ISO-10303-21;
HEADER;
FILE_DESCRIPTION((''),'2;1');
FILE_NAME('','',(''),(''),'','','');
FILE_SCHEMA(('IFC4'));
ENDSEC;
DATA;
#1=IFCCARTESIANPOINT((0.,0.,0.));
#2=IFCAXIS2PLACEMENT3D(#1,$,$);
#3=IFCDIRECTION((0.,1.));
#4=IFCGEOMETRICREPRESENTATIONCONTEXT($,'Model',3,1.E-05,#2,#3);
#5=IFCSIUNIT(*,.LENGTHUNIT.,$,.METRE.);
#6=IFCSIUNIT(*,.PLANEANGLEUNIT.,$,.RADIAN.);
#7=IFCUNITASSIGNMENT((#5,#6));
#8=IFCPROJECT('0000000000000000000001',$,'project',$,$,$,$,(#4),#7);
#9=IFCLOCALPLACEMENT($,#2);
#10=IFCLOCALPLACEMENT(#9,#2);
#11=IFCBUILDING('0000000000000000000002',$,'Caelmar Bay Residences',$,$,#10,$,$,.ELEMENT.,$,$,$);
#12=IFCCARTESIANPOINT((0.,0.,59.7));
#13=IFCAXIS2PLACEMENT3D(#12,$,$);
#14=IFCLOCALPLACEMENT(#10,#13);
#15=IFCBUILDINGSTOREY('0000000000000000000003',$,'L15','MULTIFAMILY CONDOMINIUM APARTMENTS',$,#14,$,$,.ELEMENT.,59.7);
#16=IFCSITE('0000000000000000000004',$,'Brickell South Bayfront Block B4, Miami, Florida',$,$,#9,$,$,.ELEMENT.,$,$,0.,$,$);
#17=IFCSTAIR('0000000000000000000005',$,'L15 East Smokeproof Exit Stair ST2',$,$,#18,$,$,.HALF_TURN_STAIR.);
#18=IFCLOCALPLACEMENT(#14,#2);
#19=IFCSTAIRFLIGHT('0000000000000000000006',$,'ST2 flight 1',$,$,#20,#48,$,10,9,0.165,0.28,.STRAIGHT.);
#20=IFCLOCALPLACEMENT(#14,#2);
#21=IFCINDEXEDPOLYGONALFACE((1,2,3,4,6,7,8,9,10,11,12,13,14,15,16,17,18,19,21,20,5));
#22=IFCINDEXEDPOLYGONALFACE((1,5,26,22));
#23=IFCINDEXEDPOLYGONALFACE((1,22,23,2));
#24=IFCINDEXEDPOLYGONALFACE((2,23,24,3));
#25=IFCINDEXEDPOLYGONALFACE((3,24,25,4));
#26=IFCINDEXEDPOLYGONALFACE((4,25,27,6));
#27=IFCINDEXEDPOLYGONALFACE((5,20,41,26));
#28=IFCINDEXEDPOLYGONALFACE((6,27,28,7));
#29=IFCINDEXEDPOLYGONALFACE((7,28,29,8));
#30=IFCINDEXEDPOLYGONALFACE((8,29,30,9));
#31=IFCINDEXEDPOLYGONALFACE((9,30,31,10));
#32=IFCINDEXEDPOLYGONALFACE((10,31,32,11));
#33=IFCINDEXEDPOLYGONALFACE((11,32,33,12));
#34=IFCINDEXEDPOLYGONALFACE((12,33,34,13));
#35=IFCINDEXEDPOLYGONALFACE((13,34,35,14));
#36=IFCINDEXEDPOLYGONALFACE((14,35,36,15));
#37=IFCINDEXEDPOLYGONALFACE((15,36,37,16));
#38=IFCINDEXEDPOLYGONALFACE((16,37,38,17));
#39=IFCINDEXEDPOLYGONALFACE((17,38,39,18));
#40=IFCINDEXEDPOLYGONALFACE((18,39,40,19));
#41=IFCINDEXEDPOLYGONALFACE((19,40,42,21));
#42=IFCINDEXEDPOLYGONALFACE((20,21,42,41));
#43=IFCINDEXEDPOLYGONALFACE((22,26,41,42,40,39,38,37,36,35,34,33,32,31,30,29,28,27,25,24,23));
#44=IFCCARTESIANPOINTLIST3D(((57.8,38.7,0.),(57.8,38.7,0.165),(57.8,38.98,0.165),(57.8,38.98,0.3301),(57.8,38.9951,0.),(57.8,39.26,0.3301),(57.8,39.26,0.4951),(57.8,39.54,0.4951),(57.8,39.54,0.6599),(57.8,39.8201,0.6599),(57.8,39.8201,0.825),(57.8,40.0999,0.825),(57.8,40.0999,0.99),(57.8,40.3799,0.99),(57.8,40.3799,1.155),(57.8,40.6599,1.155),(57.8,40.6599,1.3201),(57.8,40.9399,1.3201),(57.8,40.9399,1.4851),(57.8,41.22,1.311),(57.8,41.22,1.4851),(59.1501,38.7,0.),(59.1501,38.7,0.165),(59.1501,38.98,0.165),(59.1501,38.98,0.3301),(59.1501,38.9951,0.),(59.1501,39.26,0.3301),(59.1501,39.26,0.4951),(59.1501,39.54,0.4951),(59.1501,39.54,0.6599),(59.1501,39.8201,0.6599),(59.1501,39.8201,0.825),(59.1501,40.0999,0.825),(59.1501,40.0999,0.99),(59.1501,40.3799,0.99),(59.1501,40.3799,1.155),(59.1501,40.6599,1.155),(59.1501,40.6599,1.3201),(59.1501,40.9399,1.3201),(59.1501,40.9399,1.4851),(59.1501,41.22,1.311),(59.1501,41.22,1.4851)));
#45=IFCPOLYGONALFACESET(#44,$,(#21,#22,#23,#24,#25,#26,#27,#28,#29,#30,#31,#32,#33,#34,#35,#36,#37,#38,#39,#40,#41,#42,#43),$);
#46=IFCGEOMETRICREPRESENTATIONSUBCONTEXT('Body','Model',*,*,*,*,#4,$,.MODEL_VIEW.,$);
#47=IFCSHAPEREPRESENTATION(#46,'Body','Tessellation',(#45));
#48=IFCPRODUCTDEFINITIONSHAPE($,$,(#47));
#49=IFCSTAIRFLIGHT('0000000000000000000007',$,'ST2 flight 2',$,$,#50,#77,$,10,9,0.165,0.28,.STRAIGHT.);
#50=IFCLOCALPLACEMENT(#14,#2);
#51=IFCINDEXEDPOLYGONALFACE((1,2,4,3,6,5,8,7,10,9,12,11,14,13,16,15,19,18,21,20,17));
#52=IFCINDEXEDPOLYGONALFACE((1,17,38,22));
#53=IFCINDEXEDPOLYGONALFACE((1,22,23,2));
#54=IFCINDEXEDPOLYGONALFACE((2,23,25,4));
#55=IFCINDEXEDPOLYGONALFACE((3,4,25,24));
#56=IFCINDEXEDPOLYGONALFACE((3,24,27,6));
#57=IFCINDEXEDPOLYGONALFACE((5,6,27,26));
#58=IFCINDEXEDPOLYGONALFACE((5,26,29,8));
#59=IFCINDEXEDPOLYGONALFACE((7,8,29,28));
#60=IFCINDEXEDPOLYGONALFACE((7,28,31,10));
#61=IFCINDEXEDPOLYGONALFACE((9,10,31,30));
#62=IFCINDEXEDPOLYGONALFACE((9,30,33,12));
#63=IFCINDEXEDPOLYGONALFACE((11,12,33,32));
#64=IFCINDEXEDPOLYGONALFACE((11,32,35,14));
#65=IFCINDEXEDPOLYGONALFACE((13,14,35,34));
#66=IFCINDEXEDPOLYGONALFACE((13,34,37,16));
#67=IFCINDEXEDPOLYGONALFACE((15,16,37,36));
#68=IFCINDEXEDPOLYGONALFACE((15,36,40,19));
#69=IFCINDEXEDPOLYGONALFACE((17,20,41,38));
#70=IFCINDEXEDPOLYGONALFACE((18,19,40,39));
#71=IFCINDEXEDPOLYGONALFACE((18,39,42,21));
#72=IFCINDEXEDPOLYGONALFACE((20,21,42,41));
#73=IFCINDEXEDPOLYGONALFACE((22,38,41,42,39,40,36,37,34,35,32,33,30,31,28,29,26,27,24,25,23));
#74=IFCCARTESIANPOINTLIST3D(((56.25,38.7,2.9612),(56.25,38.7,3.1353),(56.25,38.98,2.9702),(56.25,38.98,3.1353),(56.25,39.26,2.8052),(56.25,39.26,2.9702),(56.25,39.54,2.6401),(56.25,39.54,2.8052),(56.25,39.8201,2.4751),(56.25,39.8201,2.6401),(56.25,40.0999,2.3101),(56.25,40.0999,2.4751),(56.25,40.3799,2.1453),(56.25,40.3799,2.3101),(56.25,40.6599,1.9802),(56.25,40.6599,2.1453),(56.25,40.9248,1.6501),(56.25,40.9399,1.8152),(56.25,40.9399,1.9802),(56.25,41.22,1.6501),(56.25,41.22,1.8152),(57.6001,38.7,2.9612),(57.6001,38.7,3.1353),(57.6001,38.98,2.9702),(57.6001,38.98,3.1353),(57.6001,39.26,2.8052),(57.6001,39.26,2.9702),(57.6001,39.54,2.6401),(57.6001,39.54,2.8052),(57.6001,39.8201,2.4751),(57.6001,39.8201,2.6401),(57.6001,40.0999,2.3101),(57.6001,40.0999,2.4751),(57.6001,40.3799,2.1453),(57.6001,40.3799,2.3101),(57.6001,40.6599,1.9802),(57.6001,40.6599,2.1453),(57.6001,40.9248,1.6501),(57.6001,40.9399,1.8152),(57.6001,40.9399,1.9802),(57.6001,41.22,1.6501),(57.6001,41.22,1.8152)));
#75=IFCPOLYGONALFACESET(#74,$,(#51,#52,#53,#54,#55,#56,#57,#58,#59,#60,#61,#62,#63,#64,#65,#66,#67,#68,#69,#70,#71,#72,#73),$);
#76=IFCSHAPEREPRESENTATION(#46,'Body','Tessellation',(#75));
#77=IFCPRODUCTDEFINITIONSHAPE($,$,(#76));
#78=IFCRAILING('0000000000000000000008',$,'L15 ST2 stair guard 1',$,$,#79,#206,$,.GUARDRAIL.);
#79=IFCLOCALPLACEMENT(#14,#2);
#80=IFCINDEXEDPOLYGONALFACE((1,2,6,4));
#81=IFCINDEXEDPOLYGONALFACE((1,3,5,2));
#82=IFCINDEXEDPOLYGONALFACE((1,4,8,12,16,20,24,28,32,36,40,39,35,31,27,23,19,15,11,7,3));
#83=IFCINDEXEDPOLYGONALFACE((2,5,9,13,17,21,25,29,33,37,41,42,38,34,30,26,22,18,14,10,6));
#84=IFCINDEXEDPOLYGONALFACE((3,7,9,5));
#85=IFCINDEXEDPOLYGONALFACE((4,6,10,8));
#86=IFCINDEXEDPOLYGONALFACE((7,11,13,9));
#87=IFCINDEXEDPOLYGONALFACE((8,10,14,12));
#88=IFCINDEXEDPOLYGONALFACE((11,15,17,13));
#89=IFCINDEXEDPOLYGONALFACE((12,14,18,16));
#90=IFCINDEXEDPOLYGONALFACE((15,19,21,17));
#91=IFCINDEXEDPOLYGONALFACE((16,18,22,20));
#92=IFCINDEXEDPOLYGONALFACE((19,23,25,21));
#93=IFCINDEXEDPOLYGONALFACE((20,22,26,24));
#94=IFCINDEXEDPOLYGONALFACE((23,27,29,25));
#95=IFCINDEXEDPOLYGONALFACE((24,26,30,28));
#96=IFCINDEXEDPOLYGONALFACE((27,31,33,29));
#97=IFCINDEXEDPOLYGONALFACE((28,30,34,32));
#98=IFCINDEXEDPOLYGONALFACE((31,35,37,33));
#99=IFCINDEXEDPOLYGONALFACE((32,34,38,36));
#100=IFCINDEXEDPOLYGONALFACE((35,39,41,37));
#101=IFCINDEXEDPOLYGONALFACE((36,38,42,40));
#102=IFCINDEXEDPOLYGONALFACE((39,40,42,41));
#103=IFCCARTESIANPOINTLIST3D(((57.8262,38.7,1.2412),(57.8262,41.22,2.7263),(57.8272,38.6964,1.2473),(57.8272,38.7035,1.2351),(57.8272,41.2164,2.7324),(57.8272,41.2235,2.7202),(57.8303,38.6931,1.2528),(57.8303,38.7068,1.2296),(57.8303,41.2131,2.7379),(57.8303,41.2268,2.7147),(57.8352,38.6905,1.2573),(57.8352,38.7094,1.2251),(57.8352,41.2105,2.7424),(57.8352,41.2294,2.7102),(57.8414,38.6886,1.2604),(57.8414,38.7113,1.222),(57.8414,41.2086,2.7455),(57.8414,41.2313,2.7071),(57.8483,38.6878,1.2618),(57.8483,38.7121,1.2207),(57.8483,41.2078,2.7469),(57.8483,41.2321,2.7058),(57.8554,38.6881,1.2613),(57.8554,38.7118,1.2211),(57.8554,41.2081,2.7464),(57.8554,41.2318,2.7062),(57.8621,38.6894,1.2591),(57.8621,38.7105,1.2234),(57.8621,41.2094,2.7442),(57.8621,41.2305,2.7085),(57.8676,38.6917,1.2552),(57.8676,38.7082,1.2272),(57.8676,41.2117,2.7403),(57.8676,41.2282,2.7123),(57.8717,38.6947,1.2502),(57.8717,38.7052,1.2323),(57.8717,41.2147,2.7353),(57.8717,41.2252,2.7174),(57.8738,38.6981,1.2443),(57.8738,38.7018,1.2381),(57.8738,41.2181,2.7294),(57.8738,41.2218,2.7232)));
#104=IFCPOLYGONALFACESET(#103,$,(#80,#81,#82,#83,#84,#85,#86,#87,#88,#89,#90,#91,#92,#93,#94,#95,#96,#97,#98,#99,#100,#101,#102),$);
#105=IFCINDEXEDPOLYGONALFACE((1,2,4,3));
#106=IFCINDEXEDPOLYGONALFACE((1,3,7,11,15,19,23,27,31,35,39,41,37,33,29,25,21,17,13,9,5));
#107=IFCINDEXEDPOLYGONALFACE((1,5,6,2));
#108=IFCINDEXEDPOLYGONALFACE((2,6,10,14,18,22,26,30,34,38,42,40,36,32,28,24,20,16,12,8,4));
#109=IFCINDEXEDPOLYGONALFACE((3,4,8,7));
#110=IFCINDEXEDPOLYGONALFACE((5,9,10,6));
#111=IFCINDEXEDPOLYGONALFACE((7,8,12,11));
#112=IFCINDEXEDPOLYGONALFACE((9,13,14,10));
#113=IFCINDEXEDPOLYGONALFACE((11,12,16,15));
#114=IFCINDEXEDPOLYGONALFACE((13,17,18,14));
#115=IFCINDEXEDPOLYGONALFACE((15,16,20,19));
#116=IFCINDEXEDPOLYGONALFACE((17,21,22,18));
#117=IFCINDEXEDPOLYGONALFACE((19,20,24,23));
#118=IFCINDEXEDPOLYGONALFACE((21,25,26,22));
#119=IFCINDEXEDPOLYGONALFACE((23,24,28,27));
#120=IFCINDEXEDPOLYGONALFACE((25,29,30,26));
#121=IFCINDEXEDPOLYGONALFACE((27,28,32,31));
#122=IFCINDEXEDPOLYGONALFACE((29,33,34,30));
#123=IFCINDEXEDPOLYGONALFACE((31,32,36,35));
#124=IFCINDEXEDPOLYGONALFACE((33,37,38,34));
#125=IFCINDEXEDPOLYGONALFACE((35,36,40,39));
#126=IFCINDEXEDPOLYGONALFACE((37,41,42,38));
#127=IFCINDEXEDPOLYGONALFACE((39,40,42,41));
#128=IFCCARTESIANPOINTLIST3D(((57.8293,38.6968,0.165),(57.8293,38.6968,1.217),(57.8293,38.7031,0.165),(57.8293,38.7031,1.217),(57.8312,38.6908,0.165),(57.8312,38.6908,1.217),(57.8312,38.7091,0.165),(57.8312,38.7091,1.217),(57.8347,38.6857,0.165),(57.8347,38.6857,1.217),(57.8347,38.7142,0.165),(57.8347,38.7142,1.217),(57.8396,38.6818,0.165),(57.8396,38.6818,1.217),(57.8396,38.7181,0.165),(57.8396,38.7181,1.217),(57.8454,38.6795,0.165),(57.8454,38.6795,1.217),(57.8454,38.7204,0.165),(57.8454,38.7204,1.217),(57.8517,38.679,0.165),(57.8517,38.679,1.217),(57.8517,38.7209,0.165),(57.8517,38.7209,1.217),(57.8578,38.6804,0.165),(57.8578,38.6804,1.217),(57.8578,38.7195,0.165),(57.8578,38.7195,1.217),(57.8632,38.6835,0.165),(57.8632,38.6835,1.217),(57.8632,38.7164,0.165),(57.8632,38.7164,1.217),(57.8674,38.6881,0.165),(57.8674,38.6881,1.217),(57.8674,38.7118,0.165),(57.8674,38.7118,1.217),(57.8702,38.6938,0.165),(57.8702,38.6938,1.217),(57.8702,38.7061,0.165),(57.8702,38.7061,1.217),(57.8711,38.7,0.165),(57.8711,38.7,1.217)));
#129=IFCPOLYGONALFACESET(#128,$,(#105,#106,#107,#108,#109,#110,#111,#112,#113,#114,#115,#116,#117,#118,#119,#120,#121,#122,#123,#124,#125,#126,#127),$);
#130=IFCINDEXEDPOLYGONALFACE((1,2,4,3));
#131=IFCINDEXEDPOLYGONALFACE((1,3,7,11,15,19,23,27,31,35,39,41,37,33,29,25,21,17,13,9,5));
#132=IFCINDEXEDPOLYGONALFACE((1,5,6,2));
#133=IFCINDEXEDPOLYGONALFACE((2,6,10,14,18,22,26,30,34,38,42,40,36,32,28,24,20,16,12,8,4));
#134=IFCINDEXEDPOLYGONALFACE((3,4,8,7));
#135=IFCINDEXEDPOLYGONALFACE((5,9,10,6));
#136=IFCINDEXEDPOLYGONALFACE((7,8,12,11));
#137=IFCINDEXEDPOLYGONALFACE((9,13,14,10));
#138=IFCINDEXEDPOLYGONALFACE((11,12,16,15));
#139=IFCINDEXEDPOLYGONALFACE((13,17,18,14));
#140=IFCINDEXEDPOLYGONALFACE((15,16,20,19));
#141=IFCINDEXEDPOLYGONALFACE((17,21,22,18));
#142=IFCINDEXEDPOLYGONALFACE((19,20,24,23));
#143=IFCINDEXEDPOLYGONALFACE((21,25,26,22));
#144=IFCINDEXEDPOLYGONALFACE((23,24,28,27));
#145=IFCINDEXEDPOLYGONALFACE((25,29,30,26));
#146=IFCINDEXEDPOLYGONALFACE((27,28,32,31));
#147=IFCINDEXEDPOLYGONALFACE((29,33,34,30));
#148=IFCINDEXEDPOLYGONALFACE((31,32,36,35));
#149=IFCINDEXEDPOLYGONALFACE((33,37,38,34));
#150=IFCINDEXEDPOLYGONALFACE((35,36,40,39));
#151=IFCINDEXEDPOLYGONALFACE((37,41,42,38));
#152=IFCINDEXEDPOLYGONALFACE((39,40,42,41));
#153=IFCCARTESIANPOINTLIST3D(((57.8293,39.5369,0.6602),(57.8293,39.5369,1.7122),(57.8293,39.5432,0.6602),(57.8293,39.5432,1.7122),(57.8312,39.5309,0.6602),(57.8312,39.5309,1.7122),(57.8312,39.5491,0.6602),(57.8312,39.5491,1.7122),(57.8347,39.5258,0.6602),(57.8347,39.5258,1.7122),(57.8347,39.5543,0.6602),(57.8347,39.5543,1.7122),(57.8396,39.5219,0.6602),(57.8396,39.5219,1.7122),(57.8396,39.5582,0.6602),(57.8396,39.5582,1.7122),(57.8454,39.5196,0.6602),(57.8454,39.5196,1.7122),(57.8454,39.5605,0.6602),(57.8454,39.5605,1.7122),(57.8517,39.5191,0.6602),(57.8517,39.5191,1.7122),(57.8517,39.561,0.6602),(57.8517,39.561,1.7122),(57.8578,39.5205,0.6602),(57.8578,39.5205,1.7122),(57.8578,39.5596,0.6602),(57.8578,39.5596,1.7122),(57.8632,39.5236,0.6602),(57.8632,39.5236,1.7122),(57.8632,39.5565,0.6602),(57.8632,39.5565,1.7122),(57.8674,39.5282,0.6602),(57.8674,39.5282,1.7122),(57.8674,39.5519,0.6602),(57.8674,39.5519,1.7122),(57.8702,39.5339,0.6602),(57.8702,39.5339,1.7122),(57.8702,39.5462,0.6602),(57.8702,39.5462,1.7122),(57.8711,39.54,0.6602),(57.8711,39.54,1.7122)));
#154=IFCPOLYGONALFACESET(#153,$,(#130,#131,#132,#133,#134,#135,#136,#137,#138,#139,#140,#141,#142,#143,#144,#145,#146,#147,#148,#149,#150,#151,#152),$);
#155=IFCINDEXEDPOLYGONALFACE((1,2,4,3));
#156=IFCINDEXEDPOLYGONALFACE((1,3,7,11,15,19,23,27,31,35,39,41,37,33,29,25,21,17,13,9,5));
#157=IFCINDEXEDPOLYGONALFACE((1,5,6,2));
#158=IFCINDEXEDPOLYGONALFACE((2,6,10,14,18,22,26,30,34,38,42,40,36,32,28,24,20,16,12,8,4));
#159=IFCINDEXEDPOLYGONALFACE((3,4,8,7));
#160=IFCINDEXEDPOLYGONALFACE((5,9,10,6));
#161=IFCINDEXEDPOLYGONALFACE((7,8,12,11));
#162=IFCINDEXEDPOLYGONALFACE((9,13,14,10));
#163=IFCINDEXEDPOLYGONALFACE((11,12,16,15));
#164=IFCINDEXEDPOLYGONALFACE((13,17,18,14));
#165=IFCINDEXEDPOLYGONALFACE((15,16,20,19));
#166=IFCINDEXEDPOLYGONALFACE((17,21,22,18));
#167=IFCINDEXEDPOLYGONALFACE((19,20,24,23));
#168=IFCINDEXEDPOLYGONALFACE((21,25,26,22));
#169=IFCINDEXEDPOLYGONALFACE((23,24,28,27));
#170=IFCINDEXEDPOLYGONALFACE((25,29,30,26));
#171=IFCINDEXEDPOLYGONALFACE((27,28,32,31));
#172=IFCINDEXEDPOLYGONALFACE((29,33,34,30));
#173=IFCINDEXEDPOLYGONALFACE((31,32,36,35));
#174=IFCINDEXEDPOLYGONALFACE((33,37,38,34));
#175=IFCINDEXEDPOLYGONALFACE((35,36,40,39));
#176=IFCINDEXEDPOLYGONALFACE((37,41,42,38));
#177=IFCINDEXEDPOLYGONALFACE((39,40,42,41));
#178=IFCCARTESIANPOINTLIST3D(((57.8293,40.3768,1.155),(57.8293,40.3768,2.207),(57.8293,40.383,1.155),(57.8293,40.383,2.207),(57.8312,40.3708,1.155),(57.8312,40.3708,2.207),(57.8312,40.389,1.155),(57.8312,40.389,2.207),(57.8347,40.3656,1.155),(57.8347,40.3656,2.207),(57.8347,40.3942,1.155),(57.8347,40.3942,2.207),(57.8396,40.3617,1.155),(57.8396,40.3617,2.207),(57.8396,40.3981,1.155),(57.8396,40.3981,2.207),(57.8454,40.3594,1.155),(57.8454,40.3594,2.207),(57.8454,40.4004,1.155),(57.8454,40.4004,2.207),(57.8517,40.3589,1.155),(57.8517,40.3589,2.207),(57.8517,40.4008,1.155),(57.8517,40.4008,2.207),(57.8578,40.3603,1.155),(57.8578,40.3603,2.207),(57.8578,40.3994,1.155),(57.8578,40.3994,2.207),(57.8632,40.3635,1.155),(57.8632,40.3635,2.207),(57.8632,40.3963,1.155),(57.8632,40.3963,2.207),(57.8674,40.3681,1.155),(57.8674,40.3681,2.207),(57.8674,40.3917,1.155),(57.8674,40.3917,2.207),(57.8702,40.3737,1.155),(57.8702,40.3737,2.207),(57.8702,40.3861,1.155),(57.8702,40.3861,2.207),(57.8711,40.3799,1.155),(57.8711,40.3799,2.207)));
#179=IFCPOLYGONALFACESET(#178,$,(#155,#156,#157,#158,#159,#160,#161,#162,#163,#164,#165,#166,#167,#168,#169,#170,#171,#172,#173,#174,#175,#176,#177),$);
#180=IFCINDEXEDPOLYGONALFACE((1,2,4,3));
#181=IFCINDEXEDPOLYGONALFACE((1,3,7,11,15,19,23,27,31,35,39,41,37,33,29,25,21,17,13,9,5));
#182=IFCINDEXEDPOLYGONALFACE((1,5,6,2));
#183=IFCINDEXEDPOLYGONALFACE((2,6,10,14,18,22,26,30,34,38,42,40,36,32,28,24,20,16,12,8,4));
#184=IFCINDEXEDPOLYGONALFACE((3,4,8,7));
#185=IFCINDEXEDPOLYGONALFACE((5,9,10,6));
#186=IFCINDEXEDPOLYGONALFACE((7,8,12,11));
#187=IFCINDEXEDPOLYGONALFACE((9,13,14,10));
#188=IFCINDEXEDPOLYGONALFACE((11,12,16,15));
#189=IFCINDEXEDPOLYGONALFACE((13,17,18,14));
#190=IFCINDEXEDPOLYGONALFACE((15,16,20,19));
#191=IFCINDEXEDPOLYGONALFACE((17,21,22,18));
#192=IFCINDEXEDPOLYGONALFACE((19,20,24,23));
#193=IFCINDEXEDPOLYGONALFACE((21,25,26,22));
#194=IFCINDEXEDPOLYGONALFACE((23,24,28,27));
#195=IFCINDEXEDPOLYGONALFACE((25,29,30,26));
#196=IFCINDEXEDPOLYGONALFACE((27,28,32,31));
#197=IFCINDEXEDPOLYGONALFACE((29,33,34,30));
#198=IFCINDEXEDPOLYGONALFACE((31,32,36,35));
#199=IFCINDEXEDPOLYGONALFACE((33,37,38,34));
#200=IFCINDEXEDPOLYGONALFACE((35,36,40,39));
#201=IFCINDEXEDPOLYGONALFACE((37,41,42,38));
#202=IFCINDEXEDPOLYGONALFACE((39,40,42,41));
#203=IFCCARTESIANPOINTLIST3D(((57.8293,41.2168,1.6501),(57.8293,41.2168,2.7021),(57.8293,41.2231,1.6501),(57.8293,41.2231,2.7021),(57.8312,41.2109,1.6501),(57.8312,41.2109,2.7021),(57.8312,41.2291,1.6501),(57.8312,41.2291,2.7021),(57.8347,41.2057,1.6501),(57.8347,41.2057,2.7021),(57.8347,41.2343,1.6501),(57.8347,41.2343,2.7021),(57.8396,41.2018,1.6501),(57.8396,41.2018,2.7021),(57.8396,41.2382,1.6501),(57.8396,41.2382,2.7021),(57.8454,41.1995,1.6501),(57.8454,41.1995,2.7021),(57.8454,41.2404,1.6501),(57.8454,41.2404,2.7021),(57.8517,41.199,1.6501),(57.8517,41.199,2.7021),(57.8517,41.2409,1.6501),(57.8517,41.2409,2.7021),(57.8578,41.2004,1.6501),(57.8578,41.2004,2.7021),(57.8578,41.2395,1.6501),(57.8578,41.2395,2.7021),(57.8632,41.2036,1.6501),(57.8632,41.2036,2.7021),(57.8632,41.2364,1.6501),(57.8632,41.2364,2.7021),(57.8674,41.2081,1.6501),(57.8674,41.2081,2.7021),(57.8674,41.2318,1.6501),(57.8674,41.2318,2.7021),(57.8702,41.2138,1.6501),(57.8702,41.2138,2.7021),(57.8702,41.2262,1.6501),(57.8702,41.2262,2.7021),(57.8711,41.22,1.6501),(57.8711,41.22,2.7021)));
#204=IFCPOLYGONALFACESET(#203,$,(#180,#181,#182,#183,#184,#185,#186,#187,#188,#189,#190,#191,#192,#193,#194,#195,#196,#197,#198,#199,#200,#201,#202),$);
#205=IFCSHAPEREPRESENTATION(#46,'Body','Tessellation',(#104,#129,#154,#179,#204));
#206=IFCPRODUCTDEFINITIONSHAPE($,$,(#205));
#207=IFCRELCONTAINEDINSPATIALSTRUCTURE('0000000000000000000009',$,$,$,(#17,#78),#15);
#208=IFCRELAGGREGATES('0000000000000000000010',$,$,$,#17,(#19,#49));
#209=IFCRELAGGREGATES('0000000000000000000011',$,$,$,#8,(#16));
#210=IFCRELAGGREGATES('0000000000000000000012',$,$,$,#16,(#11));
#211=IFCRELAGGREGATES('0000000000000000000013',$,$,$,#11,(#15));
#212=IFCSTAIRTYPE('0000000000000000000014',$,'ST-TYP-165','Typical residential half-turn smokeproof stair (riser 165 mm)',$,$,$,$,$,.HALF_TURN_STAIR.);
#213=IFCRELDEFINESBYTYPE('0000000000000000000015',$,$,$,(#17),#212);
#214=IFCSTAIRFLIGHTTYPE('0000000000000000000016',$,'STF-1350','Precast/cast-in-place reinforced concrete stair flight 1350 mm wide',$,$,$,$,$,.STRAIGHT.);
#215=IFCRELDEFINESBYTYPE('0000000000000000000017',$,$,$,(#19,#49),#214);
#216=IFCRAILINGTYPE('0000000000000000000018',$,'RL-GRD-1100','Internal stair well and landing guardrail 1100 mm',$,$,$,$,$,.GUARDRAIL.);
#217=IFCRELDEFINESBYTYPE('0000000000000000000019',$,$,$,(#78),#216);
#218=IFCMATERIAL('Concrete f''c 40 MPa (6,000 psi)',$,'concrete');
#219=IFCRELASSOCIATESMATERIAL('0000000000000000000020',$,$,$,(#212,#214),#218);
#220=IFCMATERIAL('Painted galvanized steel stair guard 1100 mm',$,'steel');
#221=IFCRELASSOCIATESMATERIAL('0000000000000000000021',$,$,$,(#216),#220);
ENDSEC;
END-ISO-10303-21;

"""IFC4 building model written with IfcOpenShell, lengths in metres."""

from ifc_helpers import new_model, si_unit, direction, frame, origin, origin_2d, place, context, subcontext, project, spatial, polyline, circle, outline, extrude, material, type_object, element, aggregate, save


model = new_model("IFC4")

# Units and contexts
model_context = context("Model", 3, precision=1e-05, world=origin(), true_north=direction((0.0, 1.0)))
body_context = subcontext(model_context, "Body", "Model", "MODEL_VIEW")
ifc_project = project(units=[si_unit("LENGTHUNIT", "METRE"), si_unit("PLANEANGLEUNIT", "RADIAN")], contexts=[model_context])

# Site, building, storey
site_placement = place(None, origin())
site = spatial("IfcSite", under=ifc_project, at=site_placement, Name="Brickell South Bayfront Block B4, Miami, Florida", CompositionType="ELEMENT", RefElevation=0.0)
building_placement = place(site_placement, origin())
building = spatial("IfcBuilding", under=site, at=building_placement, Name="Caelmar Bay Residences", CompositionType="ELEMENT")
storey_placement = place(building_placement, frame((0.0, 0.0, 59.7)))
storey = spatial("IfcBuildingStorey", under=building, at=storey_placement, Name="L15", Description="MULTIFAMILY CONDOMINIUM APARTMENTS", CompositionType="ELEMENT", Elevation=59.7)

# Stair, stair flights
ifc_material_1 = material(Name="Concrete f'c 40 MPa (6,000 psi)", Category="concrete")
stair_type = type_object("IfcStairType", Name="ST-TYP-165", Description="Typical residential half-turn smokeproof stair (riser 165 mm)", PredefinedType="HALF_TURN_STAIR", material=ifc_material_1)
stair_placement = place(storey_placement, origin())
stair = element("IfcStair", 1, at=stair_placement, inside=storey, type_object=stair_type, Name="L15 East Smokeproof Exit Stair ST2", PredefinedType="HALF_TURN_STAIR")
stair_flight_type = type_object("IfcStairFlightType", Name="STF-1350", Description="Precast/cast-in-place reinforced concrete stair flight 1350 mm wide", PredefinedType="STRAIGHT", material=ifc_material_1)
stair_flight_1_placement = place(storey_placement, frame((58.4751, 38.7, 0.0), z_axis=(0.0, 0.0, 1.0), x_axis=(0.0, 1.0, 0.0)))
stair_flight_1 = element("IfcStairFlight", 2, at=stair_flight_1_placement, type_object=stair_flight_type, Name="ST2 flight 1", NumberOfRisers=10, NumberOfTreads=9, PredefinedType="STRAIGHT", RiserHeight=0.165, TreadLength=0.28, context=body_context, shape_type="SweptSolid", body=[
    extrude(outline(polyline([(0.0, 0.0), (0.0, 0.165), (0.28, 0.165), (0.28, 0.3301), (0.5601, 0.3301), (0.5601, 0.4951), (0.8401, 0.4951), (0.8401, 0.6599), (1.1201, 0.6599), (1.1201, 0.825), (1.3999, 0.825), (1.3999, 0.99), (1.6799, 0.99), (1.6799, 1.155), (1.96, 1.155), (1.96, 1.3201), (2.24, 1.3201), (2.24, 1.4851), (2.52, 1.4851), (2.52, 1.6499), (2.52, 1.311), (0.2952, 0.0), (0.0, 0.0)])), frame((0.0, 0.675, 0.0), z_axis=(0.0, -1.0, 0.0), x_axis=(1.0, 0.0, 0.0)), (0.0, 0.0, 1.0), 1.3501),
])
stair_flight_2_placement = place(storey_placement, frame((56.925, 41.22, 1.6501), z_axis=(0.0, 0.0, 1.0), x_axis=(0.0, -1.0, 0.0)))
stair_flight_2 = element("IfcStairFlight", 3, at=stair_flight_2_placement, type_object=stair_flight_type, Name="ST2 flight 2", NumberOfRisers=10, NumberOfTreads=9, PredefinedType="STRAIGHT", RiserHeight=0.165, TreadLength=0.28, context=body_context, shape_type="SweptSolid", body=[
    extrude(outline(polyline([(0.0, 0.0), (0.0, 0.165), (0.28, 0.165), (0.28, 0.3301), (0.5601, 0.3301), (0.5601, 0.4951), (0.8401, 0.4951), (0.8401, 0.6599), (1.1201, 0.6599), (1.1201, 0.825), (1.3999, 0.825), (1.3999, 0.99), (1.6799, 0.99), (1.6799, 1.155), (1.96, 1.155), (1.96, 1.3201), (2.24, 1.3201), (2.24, 1.4851), (2.52, 1.4851), (2.52, 1.6499), (2.52, 1.311), (0.2952, 0.0), (0.0, 0.0)])), frame((0.0, 0.675, 0.0), z_axis=(0.0, -1.0, 0.0), x_axis=(1.0, 0.0, 0.0)), (0.0, 0.0, 1.0), 1.3501),
])
aggregate(stair, [stair_flight_1, stair_flight_2])

# Railing
ifc_material_2 = material(Name="Painted galvanized steel stair guard 1100 mm", Category="steel")
railing_type_1 = type_object("IfcRailingType", Name="RL-GRD-1100", Description="Internal stair well and landing guardrail 1100 mm", PredefinedType="GUARDRAIL", material=ifc_material_2)
railing_1_placement = place(storey_placement, frame((57.8501, 38.7, 0.165)))
element("IfcRailing", 4, at=railing_1_placement, inside=storey, type_object=railing_type_1, Name="L15 ST2 stair guard 1", PredefinedType="GUARDRAIL", context=body_context, shape_type="SweptSolid", body=[
    extrude(circle(Radius=0.0239, at=origin_2d()), frame((0.0, 0.0, 1.0762), z_axis=(0.0, 0.861524, 0.507717), x_axis=(-1.0, 0.0, 0.0)), (0.0, 0.0, 1.0), 2.925),
    extrude(circle(Radius=0.021, at=origin_2d()), origin(), (0.0, 0.0, 1.0), 1.052),
    extrude(circle(Radius=0.021, at=origin_2d()), frame((0.0, 0.8401, 0.4951)), (0.0, 0.0, 1.0), 1.052),
    extrude(circle(Radius=0.021, at=origin_2d()), frame((0.0, 1.6799, 0.99)), (0.0, 0.0, 1.0), 1.052),
    extrude(circle(Radius=0.021, at=origin_2d()), frame((0.0, 2.52, 1.4851)), (0.0, 0.0, 1.0), 1.052),
])

save(model, "model.ifc")
